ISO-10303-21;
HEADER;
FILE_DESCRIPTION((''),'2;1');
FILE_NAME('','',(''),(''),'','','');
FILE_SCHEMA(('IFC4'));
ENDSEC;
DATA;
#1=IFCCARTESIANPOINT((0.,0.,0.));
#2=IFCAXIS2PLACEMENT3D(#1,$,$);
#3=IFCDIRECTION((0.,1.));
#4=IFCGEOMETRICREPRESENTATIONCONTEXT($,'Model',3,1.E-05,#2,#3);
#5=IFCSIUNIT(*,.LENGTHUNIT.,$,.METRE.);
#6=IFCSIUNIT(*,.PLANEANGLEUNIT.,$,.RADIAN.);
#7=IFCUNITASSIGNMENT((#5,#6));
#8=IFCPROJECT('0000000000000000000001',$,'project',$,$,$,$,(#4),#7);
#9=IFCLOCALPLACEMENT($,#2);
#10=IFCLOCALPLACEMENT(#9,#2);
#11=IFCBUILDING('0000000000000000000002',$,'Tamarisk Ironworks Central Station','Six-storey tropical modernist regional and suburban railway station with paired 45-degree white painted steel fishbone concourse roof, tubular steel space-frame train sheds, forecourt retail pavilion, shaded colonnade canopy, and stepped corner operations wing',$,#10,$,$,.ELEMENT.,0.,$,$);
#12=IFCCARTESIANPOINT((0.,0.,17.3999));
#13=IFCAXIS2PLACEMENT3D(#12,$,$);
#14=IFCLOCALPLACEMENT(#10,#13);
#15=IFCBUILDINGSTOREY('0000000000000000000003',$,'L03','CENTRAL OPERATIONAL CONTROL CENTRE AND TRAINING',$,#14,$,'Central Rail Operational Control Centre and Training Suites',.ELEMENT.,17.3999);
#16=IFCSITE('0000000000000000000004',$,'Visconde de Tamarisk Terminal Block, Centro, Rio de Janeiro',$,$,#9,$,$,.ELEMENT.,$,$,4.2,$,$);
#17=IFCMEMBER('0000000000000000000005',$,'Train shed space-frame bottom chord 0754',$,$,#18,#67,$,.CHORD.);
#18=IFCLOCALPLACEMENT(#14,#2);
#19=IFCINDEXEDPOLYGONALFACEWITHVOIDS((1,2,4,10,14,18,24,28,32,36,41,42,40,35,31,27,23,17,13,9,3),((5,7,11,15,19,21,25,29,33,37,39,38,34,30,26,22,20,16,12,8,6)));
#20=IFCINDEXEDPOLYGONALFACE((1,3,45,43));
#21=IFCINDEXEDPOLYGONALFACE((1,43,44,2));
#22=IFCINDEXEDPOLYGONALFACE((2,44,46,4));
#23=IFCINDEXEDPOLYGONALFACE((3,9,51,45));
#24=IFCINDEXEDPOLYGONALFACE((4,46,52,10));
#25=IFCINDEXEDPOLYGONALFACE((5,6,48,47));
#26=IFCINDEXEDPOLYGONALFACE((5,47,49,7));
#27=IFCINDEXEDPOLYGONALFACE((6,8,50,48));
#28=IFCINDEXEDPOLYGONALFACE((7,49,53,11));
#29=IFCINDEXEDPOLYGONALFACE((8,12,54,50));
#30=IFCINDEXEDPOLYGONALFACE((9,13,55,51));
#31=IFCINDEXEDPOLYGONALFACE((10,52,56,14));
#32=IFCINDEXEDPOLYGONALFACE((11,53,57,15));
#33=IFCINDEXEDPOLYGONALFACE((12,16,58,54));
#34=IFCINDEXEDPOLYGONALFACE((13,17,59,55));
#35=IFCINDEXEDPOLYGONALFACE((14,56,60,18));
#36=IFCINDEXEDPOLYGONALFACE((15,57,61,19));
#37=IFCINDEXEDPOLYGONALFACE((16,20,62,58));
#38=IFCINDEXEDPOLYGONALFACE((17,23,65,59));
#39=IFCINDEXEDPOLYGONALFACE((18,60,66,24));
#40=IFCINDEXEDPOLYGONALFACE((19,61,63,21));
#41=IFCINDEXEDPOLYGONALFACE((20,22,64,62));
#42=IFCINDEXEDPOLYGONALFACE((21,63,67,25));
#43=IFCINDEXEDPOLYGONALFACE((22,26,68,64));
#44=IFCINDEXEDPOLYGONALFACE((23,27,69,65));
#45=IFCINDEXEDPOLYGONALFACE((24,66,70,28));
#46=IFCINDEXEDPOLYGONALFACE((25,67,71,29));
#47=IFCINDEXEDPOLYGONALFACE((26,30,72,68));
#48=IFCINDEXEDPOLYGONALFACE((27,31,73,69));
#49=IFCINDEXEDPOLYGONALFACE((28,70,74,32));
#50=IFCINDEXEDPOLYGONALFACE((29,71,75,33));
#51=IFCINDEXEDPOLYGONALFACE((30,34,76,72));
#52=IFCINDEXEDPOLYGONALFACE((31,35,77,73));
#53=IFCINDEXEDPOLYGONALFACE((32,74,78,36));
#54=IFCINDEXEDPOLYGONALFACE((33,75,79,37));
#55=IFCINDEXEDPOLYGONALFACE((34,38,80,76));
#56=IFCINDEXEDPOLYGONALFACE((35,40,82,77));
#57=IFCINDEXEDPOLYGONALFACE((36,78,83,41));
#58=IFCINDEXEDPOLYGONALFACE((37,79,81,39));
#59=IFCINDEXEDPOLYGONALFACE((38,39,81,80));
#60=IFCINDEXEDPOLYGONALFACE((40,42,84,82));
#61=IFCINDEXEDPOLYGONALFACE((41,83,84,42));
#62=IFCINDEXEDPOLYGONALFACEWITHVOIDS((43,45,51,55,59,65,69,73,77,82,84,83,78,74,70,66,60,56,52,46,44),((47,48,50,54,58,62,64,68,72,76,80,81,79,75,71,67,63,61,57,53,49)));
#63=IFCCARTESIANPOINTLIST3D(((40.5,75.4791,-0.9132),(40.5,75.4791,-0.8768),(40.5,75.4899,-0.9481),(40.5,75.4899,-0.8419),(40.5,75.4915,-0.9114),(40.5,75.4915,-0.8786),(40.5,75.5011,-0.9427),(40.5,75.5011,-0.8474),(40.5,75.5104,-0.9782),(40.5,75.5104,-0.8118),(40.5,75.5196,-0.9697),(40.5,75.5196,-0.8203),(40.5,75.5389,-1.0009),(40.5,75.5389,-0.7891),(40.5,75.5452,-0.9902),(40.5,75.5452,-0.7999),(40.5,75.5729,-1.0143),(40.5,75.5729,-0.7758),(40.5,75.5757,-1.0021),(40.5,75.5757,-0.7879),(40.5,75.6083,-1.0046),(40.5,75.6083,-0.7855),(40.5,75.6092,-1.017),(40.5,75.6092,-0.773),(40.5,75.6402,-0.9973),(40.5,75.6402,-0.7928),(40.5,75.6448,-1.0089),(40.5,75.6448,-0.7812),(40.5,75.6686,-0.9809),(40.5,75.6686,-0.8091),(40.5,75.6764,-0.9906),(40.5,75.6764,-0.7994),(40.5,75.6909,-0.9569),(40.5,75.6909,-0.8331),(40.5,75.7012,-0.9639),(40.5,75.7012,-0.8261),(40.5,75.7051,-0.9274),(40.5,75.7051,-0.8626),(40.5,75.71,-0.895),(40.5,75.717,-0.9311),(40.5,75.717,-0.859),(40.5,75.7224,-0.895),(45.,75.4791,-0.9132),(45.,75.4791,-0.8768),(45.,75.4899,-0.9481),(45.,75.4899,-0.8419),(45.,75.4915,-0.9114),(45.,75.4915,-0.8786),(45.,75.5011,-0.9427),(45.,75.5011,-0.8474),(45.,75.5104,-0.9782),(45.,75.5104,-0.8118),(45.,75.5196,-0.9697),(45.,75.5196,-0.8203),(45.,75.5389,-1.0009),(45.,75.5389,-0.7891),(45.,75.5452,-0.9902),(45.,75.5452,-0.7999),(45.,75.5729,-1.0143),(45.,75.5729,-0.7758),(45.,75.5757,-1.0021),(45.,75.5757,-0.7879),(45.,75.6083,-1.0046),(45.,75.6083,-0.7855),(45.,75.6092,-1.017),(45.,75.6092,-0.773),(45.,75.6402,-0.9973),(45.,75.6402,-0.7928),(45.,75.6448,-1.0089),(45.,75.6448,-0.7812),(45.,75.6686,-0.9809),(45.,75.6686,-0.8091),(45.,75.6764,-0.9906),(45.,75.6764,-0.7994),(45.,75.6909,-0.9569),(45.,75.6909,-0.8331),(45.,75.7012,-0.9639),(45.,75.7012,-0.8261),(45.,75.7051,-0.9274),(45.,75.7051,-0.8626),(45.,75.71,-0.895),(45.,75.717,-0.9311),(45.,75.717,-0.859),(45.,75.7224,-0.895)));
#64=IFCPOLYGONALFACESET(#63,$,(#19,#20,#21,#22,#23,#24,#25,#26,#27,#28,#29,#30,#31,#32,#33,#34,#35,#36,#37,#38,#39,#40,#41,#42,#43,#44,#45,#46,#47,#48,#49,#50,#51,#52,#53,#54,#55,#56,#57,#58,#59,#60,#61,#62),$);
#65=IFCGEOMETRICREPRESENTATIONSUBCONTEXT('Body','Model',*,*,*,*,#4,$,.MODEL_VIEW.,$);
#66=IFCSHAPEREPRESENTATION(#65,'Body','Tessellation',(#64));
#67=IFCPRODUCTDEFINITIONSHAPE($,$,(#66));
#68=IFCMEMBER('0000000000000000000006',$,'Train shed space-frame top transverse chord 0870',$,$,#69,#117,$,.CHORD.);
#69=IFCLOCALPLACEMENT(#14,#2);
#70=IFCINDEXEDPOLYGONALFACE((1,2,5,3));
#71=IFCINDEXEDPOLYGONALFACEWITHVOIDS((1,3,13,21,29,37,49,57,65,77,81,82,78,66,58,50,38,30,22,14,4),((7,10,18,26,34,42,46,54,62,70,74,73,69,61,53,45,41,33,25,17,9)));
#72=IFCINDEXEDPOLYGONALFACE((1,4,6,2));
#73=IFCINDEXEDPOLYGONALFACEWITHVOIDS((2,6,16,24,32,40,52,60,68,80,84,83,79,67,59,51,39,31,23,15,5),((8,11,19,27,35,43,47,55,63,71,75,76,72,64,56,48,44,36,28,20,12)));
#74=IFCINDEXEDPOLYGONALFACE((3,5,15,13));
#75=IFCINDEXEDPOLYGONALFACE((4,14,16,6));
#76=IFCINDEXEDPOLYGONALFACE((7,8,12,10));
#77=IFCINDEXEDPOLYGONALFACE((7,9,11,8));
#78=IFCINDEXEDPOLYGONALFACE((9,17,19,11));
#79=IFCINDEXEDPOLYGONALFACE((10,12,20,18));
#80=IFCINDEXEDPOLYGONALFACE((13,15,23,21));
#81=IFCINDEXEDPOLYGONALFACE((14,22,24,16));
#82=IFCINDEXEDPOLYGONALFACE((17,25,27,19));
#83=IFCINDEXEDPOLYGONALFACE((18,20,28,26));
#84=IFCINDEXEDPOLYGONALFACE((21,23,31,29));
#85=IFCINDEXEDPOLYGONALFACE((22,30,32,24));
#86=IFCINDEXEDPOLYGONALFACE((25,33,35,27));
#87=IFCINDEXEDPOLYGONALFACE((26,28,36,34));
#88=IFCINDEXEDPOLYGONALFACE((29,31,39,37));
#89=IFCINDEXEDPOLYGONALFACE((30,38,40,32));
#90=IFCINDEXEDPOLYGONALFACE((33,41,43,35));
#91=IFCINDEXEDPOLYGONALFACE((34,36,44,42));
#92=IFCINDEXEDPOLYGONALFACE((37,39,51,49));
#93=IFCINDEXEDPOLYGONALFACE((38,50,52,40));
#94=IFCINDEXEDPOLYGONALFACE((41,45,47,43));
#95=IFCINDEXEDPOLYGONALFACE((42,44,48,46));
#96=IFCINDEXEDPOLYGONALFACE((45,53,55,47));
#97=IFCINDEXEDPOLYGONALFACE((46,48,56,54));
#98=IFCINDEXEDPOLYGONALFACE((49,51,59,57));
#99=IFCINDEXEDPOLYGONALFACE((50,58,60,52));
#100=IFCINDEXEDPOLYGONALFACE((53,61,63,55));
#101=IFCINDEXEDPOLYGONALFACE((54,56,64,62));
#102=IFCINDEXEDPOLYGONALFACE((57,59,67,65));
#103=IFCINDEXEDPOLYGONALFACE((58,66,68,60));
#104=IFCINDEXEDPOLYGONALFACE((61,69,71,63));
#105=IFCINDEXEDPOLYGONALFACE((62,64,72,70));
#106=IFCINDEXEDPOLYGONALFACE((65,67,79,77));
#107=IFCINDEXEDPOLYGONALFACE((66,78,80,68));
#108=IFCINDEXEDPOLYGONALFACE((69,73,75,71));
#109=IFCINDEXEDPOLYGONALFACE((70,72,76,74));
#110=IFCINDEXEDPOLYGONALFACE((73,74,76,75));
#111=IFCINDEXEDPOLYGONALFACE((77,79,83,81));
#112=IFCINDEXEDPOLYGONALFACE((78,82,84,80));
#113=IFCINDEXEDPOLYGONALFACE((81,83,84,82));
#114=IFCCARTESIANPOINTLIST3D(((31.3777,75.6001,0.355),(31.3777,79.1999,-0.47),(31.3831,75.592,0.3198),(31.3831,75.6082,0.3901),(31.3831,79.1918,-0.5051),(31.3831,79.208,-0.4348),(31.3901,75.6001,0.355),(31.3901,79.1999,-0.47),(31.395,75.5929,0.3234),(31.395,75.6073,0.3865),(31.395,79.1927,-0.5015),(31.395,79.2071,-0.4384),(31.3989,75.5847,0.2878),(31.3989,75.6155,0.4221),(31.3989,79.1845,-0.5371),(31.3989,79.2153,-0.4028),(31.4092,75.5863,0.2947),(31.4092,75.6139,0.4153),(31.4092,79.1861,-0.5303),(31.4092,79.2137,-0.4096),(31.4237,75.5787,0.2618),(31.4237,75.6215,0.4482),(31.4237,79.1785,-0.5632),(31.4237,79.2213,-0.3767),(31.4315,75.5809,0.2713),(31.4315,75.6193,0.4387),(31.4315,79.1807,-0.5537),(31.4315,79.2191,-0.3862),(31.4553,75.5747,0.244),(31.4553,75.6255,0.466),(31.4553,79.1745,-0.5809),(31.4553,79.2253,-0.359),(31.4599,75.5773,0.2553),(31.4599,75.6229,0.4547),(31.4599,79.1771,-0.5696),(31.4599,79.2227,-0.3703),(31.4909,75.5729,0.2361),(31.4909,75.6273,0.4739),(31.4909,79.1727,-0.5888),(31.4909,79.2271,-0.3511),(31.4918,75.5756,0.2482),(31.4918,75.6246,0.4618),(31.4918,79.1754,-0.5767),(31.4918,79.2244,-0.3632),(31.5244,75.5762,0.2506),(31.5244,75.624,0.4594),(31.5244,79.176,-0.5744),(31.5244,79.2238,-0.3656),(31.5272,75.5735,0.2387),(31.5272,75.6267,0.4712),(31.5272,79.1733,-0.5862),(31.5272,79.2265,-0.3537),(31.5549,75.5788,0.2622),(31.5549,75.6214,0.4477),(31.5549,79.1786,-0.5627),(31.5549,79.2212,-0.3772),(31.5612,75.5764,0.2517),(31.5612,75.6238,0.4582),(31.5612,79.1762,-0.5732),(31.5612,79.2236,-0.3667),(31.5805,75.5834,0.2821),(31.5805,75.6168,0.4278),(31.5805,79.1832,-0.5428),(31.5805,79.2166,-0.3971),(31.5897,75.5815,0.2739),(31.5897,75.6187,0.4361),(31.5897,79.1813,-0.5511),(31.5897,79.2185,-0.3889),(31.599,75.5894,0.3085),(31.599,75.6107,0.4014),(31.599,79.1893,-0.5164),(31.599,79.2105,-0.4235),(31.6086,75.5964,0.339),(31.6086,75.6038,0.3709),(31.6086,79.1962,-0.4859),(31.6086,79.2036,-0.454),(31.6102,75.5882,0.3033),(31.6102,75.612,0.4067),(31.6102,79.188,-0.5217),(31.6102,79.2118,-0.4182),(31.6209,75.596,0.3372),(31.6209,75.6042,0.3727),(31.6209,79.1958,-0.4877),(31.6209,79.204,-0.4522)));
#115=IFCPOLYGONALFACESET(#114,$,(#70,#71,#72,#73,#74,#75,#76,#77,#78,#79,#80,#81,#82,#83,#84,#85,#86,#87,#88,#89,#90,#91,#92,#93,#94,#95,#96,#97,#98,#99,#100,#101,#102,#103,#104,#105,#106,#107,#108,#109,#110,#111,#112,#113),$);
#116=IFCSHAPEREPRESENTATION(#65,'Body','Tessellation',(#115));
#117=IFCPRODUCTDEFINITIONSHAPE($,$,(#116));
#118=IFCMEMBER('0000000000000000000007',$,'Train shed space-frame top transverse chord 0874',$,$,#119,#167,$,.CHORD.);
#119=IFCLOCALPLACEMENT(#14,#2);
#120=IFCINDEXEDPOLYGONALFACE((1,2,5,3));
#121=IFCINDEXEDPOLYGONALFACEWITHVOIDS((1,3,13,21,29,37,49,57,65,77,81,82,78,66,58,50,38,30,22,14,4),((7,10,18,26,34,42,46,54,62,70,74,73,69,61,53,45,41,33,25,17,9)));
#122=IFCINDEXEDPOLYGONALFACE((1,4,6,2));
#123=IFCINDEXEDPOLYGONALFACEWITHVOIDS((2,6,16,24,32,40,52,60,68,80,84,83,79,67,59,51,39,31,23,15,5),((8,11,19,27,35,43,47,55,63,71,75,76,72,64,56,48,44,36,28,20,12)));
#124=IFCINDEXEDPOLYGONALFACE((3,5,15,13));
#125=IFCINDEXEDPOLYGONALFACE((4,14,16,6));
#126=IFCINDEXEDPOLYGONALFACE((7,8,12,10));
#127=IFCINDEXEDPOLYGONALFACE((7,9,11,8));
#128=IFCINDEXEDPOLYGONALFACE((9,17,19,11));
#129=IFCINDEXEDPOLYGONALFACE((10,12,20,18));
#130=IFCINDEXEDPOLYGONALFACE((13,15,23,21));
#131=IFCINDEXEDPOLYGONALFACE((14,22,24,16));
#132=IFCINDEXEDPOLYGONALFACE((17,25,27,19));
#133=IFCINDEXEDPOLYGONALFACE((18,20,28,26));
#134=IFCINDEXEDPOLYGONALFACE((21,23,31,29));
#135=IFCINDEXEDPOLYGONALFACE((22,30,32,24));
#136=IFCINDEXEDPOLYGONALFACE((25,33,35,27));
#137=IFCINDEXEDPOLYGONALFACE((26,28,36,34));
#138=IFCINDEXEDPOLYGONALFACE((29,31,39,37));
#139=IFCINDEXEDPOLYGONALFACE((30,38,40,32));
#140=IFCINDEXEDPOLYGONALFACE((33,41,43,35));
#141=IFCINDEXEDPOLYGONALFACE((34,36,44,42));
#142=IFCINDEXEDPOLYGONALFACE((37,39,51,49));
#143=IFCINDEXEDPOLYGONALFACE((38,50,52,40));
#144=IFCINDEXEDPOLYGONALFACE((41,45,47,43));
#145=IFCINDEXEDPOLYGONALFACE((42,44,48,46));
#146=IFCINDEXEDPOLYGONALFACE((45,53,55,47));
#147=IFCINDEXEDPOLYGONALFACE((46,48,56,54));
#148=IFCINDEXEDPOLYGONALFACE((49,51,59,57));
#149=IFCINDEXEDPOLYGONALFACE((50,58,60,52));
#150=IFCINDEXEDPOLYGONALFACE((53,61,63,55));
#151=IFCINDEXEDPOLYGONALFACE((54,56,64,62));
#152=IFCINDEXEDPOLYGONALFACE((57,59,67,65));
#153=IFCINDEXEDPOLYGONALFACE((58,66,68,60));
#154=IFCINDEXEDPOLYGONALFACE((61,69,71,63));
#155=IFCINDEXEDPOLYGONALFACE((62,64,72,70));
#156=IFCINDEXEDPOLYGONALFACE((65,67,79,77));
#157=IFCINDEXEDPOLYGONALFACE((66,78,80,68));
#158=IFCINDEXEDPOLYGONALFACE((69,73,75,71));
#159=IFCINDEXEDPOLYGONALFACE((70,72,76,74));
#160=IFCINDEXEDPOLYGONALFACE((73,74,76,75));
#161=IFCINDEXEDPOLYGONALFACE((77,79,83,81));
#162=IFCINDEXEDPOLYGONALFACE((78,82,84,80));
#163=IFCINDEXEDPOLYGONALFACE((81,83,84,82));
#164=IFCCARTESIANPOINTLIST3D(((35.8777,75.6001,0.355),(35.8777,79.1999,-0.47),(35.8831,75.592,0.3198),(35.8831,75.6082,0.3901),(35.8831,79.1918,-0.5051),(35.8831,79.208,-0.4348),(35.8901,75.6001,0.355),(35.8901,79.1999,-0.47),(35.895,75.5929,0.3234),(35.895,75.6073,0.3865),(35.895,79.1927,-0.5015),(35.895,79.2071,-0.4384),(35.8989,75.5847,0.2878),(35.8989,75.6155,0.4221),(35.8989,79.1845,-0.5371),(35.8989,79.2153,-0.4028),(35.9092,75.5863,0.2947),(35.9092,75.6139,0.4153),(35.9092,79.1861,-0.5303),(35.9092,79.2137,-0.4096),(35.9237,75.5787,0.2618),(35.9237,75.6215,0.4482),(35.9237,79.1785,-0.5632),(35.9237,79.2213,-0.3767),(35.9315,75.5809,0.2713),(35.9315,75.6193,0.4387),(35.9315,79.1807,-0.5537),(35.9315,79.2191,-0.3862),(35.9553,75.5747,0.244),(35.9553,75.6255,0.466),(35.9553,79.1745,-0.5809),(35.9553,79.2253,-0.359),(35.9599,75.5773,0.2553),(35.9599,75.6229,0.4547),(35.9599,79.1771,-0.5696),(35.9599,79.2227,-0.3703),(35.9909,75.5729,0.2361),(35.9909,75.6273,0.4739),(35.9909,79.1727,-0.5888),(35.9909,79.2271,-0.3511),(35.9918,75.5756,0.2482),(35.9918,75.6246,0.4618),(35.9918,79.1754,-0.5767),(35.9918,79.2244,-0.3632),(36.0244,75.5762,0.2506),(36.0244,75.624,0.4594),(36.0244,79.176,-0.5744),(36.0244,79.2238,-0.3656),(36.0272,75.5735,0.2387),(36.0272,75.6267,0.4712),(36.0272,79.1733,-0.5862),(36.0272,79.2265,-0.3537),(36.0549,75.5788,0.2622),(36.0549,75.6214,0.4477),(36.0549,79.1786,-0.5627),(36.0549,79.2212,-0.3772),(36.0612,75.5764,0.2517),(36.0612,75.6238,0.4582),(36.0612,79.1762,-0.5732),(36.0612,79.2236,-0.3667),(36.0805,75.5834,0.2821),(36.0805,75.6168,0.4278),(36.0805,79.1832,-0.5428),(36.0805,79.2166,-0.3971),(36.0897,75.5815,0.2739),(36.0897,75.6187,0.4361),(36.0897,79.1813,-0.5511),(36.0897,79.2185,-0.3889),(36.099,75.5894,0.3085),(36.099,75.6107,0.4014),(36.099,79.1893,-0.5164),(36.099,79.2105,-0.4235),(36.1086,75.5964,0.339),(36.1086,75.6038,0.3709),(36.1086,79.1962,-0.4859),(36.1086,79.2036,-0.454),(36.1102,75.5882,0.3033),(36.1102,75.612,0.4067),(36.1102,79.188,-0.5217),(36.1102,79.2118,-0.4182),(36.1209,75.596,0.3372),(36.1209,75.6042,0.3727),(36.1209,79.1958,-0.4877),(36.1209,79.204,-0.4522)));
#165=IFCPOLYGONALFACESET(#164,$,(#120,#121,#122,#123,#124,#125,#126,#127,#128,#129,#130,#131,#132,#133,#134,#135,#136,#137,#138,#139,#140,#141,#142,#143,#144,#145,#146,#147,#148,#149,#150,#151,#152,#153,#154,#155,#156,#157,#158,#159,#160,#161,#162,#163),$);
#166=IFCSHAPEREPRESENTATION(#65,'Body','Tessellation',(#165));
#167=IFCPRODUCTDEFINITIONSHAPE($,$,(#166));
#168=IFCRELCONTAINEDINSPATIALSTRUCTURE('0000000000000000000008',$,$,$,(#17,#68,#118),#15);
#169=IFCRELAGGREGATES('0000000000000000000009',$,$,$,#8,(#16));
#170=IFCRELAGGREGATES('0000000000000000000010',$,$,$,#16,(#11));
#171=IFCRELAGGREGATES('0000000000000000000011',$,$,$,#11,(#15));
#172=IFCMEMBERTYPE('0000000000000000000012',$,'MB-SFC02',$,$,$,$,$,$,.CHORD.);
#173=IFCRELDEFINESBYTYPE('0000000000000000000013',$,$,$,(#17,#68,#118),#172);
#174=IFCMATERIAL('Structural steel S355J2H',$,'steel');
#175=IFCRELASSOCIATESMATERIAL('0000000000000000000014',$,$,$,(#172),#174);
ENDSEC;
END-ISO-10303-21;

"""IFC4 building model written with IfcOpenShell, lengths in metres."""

from ifc_helpers import new_model, si_unit, direction, frame, origin, origin_2d, place, context, subcontext, project, spatial, hollow_circle, extrude, material, material_profile, profile_set, type_object, element, save


model = new_model("IFC4")

# Units and contexts
model_context = context("Model", 3, precision=1e-05, world=origin(), true_north=direction((0.0, 1.0)))
body_context = subcontext(model_context, "Body", "Model", "MODEL_VIEW")
ifc_project = project(units=[si_unit("LENGTHUNIT", "METRE"), si_unit("PLANEANGLEUNIT", "RADIAN")], contexts=[model_context])

# Site, building, storey
site_placement = place(None, origin())
site = spatial("IfcSite", under=ifc_project, at=site_placement, Name="Visconde de Tamarisk Terminal Block, Centro, Rio de Janeiro", CompositionType="ELEMENT", RefElevation=4.2)
building_placement = place(site_placement, origin())
building = spatial("IfcBuilding", under=site, at=building_placement, Name="Tamarisk Ironworks Central Station", Description="Six-storey tropical modernist regional and suburban railway station with paired 45-degree white painted steel fishbone concourse roof, tubular steel space-frame train sheds, forecourt retail pavilion, shaded colonnade canopy, and stepped corner operations wing", CompositionType="ELEMENT", ElevationOfRefHeight=0.0)
storey_placement = place(building_placement, frame((0.0, 0.0, 17.3999)))
storey = spatial("IfcBuildingStorey", under=building, at=storey_placement, Name="L03", Description="CENTRAL OPERATIONAL CONTROL CENTRE AND TRAINING", LongName="Central Rail Operational Control Centre and Training Suites", CompositionType="ELEMENT", Elevation=17.3999)

# Members
ifc_material_1 = material(Name="Structural steel S355J2H", Category="steel")
ifc_material_profile_1 = material_profile(ifc_material_1, hollow_circle(Radius=0.1223, WallThickness=0.0125, at=origin_2d()), Name="CHS 244.5x12.5")
ifc_profile_set_1 = profile_set([ifc_material_profile_1], Name="Structural steel S355J2H")
member_type_1 = type_object("IfcMemberType", Name="MB-SFC02", PredefinedType="CHORD", material=ifc_profile_set_1)
for number, where, z_axis, x_axis, name in (
    (1, (40.5, 75.6001, -0.895), (1.0, 0.0, 0.0), (0.0, 1.0, 0.0), "Train shed space-frame bottom chord 0754"),
):
    element("IfcMember", number, at=place(storey_placement, frame(where, z_axis=z_axis, x_axis=x_axis)), inside=storey, type_object=member_type_1, Name=name, PredefinedType="CHORD", context=body_context, shape_type="SweptSolid", body=[
        extrude(hollow_circle(Radius=0.1223, WallThickness=0.0125, at=origin_2d()), origin(), (0.0, 0.0, 1.0), 4.5),
    ])
for number, where, z_axis, x_axis, name in (
    (2, (31.5, 75.6001, 0.355), (0.0, 0.974733, -0.223372), (-1.0, 0.0, 0.0), "Train shed space-frame top transverse chord 0870"),
    (3, (36.0, 75.6001, 0.355), (0.0, 0.974733, -0.223372), (-1.0, 0.0, 0.0), "Train shed space-frame top transverse chord 0874"),
):
    element("IfcMember", number, at=place(storey_placement, frame(where, z_axis=z_axis, x_axis=x_axis)), inside=storey, type_object=member_type_1, Name=name, PredefinedType="CHORD", context=body_context, shape_type="SweptSolid", body=[
        extrude(hollow_circle(Radius=0.1223, WallThickness=0.0125, at=origin_2d()), origin(), (0.0, 0.0, 1.0), 3.6931),
    ])

save(model, "model.ifc")
